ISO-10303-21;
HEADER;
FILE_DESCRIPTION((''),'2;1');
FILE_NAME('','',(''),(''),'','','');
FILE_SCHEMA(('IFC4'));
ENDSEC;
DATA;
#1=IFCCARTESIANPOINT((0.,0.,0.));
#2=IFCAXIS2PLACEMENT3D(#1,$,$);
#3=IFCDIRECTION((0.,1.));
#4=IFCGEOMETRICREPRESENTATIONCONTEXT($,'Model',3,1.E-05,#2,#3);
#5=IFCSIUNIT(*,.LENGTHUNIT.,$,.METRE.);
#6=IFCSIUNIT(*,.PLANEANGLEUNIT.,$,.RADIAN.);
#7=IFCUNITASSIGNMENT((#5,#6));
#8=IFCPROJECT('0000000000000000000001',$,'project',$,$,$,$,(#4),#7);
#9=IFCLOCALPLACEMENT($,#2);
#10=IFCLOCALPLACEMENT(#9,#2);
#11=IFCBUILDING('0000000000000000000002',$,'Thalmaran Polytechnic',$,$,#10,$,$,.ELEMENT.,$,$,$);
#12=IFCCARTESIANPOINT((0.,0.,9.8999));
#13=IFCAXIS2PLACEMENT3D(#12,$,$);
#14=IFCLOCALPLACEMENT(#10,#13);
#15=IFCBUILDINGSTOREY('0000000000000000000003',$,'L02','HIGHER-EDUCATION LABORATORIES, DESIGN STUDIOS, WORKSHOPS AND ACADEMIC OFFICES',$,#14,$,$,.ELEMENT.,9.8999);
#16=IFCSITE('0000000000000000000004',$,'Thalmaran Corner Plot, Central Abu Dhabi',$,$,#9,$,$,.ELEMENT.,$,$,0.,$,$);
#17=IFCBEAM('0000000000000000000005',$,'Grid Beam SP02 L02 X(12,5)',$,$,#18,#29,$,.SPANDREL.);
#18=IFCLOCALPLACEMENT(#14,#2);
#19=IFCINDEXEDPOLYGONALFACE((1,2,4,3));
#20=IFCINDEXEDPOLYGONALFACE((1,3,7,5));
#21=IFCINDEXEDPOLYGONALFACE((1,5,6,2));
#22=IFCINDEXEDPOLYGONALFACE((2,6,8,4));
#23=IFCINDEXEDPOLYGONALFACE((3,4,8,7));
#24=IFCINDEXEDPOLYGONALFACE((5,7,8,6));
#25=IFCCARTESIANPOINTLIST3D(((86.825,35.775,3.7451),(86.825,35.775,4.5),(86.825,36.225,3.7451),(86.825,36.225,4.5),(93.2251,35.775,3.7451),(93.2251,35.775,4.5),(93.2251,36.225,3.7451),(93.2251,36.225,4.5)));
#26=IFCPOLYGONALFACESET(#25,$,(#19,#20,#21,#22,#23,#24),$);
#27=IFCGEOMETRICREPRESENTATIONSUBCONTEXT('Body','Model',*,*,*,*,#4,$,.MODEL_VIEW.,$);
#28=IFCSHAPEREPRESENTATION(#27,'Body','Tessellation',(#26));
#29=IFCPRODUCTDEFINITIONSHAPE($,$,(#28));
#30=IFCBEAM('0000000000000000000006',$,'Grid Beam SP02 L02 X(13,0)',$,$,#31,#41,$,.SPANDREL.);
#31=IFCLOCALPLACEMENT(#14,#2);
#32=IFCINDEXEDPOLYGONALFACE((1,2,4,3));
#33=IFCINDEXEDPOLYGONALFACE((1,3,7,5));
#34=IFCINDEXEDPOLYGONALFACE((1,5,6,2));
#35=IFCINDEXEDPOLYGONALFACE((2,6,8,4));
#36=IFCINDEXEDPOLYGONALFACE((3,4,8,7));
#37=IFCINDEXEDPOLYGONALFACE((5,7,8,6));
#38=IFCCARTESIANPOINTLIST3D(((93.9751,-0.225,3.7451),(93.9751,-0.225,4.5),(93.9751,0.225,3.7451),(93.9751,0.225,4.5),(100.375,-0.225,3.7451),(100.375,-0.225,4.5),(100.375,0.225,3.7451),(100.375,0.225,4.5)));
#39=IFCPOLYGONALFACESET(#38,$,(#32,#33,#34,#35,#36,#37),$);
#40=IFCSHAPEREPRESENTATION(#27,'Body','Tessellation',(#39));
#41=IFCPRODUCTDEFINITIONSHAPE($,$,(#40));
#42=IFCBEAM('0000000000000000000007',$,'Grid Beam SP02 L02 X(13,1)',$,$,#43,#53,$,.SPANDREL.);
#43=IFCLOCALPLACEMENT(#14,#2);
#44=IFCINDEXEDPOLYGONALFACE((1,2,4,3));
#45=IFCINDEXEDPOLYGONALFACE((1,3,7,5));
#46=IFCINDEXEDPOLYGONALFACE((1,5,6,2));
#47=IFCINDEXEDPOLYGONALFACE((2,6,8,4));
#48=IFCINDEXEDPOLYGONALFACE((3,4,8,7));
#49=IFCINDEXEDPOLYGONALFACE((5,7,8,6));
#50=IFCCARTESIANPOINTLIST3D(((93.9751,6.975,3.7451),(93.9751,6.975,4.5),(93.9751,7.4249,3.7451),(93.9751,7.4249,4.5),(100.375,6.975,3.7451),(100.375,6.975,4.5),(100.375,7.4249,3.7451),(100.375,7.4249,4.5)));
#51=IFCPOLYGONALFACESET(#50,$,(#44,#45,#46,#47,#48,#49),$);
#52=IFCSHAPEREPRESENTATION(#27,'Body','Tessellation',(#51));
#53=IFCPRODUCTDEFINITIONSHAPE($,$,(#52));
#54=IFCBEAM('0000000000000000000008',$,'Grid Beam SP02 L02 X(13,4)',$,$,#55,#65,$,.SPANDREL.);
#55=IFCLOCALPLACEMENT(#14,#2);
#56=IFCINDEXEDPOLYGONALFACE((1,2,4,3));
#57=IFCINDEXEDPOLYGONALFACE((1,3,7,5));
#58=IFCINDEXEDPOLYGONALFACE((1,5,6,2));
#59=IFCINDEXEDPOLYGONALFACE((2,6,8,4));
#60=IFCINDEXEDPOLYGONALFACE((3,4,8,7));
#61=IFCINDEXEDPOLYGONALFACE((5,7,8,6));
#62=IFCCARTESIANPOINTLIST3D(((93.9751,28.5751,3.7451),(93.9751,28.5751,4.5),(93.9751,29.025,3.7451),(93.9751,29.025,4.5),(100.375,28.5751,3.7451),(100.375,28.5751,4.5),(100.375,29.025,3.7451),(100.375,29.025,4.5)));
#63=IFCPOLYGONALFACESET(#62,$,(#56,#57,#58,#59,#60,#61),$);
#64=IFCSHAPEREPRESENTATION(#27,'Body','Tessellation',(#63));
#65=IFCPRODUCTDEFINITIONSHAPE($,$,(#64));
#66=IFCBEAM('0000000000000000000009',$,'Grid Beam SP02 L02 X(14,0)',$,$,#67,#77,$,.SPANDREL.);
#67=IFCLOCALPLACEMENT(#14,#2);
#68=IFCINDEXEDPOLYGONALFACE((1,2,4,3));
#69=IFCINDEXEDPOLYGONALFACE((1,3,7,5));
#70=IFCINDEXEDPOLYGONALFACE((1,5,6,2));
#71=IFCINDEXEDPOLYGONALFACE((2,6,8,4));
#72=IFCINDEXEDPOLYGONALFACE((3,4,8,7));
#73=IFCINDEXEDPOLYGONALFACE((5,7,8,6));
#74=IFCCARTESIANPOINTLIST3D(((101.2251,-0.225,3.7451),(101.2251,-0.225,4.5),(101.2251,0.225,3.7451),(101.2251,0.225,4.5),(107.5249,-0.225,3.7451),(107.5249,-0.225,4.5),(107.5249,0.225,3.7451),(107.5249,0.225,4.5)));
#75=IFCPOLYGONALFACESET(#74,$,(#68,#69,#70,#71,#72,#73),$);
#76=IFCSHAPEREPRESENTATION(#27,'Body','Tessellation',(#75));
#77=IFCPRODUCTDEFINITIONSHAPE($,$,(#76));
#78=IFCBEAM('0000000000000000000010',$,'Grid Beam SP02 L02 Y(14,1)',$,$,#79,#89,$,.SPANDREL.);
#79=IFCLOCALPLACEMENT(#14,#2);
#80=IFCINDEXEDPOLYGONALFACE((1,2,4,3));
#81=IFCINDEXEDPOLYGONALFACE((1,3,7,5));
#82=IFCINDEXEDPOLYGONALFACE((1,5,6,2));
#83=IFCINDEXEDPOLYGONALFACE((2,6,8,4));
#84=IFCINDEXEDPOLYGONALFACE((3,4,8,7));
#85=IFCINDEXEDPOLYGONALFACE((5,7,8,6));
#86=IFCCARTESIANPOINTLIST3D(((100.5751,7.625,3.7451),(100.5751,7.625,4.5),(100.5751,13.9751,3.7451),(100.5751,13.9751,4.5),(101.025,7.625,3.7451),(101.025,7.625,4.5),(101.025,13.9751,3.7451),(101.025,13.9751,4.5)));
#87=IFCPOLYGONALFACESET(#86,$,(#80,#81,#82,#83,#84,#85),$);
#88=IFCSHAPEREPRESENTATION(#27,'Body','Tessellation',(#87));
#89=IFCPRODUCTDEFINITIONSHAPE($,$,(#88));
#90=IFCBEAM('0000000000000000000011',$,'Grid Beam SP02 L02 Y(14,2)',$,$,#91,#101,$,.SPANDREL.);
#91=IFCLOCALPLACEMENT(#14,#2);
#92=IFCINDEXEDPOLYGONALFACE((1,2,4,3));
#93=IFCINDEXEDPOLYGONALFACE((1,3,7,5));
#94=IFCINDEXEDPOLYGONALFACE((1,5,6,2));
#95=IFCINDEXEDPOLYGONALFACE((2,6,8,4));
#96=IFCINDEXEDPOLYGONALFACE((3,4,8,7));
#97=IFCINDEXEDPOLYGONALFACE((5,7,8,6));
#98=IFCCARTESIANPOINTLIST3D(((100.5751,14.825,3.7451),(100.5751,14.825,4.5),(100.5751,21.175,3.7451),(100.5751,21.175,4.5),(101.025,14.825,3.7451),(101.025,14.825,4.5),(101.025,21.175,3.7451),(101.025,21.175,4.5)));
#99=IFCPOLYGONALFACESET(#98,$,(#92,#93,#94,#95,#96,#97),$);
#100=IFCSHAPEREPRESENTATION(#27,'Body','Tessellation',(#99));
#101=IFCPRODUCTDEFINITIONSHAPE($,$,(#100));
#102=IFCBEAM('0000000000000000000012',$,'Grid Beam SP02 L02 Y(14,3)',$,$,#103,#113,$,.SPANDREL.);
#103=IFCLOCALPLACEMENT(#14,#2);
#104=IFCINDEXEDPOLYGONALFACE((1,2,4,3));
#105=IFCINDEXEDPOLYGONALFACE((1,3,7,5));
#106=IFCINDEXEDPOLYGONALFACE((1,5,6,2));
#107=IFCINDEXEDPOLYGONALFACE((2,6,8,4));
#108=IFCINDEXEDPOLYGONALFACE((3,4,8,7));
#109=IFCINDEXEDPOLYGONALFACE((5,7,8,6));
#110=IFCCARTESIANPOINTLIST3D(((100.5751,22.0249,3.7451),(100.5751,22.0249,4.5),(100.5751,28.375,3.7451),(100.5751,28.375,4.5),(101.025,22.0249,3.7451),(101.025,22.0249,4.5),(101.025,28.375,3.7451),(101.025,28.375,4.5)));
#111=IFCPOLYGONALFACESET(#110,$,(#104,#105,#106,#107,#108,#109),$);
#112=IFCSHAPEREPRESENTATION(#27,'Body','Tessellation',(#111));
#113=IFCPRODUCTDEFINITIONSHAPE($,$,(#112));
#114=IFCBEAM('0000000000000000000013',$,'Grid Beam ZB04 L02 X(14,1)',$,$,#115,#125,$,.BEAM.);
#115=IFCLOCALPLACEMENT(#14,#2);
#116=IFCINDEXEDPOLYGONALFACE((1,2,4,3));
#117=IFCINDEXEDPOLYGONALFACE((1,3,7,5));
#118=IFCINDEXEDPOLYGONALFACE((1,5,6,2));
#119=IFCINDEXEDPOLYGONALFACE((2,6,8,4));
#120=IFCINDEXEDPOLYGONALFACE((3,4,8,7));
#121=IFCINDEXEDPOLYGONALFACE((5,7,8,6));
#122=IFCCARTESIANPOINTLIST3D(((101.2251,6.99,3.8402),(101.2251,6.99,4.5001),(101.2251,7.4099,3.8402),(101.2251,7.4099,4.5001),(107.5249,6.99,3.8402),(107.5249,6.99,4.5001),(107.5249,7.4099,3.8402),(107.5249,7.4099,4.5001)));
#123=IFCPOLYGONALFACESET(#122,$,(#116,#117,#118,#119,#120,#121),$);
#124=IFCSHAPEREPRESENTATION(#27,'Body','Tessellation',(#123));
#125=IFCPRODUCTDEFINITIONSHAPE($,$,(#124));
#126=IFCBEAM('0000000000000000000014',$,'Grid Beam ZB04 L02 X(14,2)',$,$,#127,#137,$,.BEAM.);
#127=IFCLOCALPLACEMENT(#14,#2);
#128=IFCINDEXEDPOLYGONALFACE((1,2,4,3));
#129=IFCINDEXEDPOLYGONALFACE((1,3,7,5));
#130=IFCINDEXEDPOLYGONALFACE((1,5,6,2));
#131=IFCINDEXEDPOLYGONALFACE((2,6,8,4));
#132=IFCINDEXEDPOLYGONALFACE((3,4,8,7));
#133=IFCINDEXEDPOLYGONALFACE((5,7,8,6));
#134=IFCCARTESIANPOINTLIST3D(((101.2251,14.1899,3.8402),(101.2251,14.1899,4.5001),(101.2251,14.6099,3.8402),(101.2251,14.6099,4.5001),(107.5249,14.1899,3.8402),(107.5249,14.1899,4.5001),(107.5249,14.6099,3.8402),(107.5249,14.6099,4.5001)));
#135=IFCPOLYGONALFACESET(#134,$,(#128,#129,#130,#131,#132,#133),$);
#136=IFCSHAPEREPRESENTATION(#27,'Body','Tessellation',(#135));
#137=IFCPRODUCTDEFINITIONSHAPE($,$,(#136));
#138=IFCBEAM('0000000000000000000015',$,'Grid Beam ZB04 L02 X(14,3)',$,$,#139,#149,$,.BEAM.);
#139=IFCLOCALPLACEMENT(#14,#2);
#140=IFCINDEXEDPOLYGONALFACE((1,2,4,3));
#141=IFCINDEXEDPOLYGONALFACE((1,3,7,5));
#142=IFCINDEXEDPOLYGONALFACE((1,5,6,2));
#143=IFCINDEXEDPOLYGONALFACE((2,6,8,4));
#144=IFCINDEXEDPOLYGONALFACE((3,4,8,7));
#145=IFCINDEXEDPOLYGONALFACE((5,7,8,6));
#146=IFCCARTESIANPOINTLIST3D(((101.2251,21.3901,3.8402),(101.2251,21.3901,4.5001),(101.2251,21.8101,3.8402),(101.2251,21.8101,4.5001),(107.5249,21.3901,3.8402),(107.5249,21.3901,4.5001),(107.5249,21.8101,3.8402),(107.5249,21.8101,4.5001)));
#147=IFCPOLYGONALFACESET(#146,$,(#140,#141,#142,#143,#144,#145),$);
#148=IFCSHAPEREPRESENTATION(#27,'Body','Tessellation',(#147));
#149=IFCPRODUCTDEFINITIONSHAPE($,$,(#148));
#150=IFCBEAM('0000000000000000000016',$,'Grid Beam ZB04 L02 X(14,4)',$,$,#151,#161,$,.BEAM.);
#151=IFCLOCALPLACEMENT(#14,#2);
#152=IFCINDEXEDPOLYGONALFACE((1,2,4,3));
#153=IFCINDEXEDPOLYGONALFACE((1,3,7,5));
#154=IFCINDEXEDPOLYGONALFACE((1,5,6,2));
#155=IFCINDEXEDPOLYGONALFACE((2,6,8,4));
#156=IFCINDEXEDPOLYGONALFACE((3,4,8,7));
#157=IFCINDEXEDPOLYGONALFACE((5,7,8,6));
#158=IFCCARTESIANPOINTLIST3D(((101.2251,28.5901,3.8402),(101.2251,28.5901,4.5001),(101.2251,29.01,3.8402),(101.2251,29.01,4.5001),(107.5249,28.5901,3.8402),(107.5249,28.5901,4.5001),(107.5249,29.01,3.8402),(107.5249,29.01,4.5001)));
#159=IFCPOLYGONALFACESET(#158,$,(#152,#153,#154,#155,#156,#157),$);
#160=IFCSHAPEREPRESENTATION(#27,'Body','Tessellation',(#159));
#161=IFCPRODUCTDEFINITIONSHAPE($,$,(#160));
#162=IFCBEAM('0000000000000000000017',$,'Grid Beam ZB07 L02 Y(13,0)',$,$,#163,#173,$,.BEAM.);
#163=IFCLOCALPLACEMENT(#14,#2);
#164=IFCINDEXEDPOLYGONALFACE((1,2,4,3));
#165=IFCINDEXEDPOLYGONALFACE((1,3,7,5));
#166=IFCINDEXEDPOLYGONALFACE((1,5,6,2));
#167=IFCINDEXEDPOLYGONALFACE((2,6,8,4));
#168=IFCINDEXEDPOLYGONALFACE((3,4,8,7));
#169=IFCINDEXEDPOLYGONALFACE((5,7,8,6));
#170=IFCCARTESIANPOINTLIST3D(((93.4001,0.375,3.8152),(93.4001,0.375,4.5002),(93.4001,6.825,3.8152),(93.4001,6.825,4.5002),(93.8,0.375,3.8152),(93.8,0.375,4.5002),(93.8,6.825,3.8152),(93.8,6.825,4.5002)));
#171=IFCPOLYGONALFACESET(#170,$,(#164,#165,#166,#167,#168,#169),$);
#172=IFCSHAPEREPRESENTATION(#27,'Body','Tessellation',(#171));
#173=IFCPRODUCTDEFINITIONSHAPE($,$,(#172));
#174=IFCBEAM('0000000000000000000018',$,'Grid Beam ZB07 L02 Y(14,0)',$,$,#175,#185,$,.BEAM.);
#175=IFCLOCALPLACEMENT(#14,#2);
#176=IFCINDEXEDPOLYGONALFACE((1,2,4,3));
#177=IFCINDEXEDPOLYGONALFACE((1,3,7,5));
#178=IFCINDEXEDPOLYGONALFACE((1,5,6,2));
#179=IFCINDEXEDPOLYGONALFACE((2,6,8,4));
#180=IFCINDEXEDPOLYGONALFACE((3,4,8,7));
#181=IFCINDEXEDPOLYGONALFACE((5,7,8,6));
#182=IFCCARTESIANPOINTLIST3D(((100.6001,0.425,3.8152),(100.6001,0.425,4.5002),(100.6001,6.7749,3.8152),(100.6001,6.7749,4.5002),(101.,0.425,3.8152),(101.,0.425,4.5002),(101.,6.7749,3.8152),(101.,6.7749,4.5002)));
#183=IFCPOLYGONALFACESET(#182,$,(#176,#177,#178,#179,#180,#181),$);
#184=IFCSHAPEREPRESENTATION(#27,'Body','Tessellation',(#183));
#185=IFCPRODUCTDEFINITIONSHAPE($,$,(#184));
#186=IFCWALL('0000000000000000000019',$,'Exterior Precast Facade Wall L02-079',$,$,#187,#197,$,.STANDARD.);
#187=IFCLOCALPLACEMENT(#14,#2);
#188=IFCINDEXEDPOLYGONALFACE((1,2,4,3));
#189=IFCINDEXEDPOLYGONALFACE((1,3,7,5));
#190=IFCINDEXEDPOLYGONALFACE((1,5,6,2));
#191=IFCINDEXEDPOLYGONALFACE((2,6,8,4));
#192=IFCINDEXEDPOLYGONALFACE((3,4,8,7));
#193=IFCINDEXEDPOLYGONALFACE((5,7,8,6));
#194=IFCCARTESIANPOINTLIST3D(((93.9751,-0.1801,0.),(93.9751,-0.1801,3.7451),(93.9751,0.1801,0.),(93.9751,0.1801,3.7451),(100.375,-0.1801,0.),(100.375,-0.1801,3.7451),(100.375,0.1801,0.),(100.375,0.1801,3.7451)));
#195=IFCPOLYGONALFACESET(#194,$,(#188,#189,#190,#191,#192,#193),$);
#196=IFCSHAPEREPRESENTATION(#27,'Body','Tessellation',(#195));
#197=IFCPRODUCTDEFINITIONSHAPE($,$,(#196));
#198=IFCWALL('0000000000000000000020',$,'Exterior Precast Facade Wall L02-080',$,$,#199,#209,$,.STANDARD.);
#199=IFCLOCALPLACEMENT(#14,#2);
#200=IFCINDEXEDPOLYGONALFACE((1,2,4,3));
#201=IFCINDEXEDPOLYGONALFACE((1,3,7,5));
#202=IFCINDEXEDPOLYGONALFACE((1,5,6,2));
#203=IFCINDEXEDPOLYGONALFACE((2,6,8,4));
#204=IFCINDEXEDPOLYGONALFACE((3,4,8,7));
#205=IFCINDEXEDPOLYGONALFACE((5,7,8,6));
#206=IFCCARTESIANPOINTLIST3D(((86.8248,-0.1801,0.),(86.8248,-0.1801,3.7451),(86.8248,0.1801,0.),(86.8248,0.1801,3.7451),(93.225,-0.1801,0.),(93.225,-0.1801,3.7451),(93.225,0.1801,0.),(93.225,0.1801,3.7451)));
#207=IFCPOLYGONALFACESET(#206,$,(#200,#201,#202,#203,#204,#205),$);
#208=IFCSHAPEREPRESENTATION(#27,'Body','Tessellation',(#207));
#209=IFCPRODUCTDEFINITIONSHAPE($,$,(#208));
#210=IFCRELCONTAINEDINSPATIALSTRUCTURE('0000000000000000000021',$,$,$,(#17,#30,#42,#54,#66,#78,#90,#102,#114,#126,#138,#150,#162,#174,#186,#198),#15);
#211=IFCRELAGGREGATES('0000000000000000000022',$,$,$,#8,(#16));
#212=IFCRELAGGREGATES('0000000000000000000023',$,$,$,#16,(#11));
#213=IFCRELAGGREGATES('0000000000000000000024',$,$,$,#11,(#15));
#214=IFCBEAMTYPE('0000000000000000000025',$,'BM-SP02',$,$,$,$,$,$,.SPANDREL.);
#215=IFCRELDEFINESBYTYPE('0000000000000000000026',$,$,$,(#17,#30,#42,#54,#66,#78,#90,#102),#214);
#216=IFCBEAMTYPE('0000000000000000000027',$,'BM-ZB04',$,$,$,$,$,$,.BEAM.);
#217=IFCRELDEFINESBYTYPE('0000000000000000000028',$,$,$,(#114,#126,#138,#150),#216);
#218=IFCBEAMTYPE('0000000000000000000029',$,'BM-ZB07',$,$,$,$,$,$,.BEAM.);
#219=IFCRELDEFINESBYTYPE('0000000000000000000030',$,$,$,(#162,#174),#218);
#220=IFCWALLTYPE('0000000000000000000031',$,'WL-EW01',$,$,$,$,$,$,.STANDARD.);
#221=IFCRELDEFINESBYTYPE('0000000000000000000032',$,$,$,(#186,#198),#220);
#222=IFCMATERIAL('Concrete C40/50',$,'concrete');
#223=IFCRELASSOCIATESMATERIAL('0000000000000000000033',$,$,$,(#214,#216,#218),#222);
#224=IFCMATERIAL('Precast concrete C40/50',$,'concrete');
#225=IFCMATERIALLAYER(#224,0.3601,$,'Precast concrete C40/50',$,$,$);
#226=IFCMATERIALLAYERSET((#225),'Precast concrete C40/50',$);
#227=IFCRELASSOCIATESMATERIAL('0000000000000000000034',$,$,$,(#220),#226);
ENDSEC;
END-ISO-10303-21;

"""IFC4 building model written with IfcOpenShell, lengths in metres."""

from ifc_helpers import new_model, si_unit, direction, frame, frame_2d, origin, origin_2d, place, context, subcontext, project, spatial, rectangle, extrude, material, layer, layer_set, material_profile, profile_set, type_object, element, save


model = new_model("IFC4")

# Units and contexts
model_context = context("Model", 3, precision=1e-05, world=origin(), true_north=direction((0.0, 1.0)))
body_context = subcontext(model_context, "Body", "Model", "MODEL_VIEW")
ifc_project = project(units=[si_unit("LENGTHUNIT", "METRE"), si_unit("PLANEANGLEUNIT", "RADIAN")], contexts=[model_context])

# Site, building, storey
site_placement = place(None, origin())
site = spatial("IfcSite", under=ifc_project, at=site_placement, Name="Thalmaran Corner Plot, Central Abu Dhabi", CompositionType="ELEMENT", RefElevation=0.0)
building_placement = place(site_placement, origin())
building = spatial("IfcBuilding", under=site, at=building_placement, Name="Thalmaran Polytechnic", CompositionType="ELEMENT")
storey_placement = place(building_placement, frame((0.0, 0.0, 9.8999)))
storey = spatial("IfcBuildingStorey", under=building, at=storey_placement, Name="L02", Description="HIGHER-EDUCATION LABORATORIES, DESIGN STUDIOS, WORKSHOPS AND ACADEMIC OFFICES", CompositionType="ELEMENT", Elevation=9.8999)

# Beams
ifc_material_1 = material(Name="Concrete C40/50", Category="concrete")
ifc_material_profile_1 = material_profile(ifc_material_1, rectangle(XDim=0.45, YDim=0.7549, at=origin_2d()), Name="RC 450x755")
ifc_profile_set_1 = profile_set([ifc_material_profile_1], Name="Concrete C40/50")
beam_type_1 = type_object("IfcBeamType", Name="BM-SP02", PredefinedType="SPANDREL", material=ifc_profile_set_1)
for number, where, z_axis, x_axis, name in (
    (1, (86.825, 36.0, 4.1226), (1.0, 0.0, 0.0), (0.0, 1.0, 0.0), "Grid Beam SP02 L02 X(12,5)"),
):
    element("IfcBeam", number, at=place(storey_placement, frame(where, z_axis=z_axis, x_axis=x_axis)), inside=storey, type_object=beam_type_1, Name=name, PredefinedType="SPANDREL", context=body_context, shape_type="SweptSolid", body=[
        extrude(rectangle(XDim=0.45, YDim=0.7549, at=origin_2d()), origin(), (0.0, 0.0, 1.0), 6.4001),
    ])
for number, where, z_axis, x_axis, name in (
    (2, (93.9751, 0.0, 4.1226), (1.0, 0.0, 0.0), (0.0, 1.0, 0.0), "Grid Beam SP02 L02 X(13,0)"),
    (3, (93.9751, 7.2, 4.1226), (1.0, 0.0, 0.0), (0.0, 1.0, 0.0), "Grid Beam SP02 L02 X(13,1)"),
    (4, (93.9751, 28.8, 4.1226), (1.0, 0.0, 0.0), (0.0, 1.0, 0.0), "Grid Beam SP02 L02 X(13,4)"),
):
    element("IfcBeam", number, at=place(storey_placement, frame(where, z_axis=z_axis, x_axis=x_axis)), inside=storey, type_object=beam_type_1, Name=name, PredefinedType="SPANDREL", context=body_context, shape_type="SweptSolid", body=[
        extrude(rectangle(XDim=0.45, YDim=0.7549, at=origin_2d()), origin(), (0.0, 0.0, 1.0), 6.3999),
    ])
beam_1_placement = place(storey_placement, frame((101.2251, 0.0, 4.1226), z_axis=(1.0, 0.0, 0.0), x_axis=(0.0, 1.0, 0.0)))
element("IfcBeam", 5, at=beam_1_placement, inside=storey, type_object=beam_type_1, Name="Grid Beam SP02 L02 X(14,0)", PredefinedType="SPANDREL", context=body_context, shape_type="SweptSolid", body=[
    extrude(rectangle(XDim=0.45, YDim=0.7549, at=origin_2d()), origin(), (0.0, 0.0, 1.0), 6.2998),
])
for number, where, z_axis, x_axis, name in (
    (6, (100.8, 7.625, 4.1226), (0.0, 1.0, 0.0), (-1.0, 0.0, 0.0), "Grid Beam SP02 L02 Y(14,1)"),
    (7, (100.8, 14.825, 4.1226), (0.0, 1.0, 0.0), (-1.0, 0.0, 0.0), "Grid Beam SP02 L02 Y(14,2)"),
    (8, (100.8, 22.0249, 4.1226), (0.0, 1.0, 0.0), (-1.0, 0.0, 0.0), "Grid Beam SP02 L02 Y(14,3)"),
):
    element("IfcBeam", number, at=place(storey_placement, frame(where, z_axis=z_axis, x_axis=x_axis)), inside=storey, type_object=beam_type_1, Name=name, PredefinedType="SPANDREL", context=body_context, shape_type="SweptSolid", body=[
        extrude(rectangle(XDim=0.45, YDim=0.7549, at=origin_2d()), origin(), (0.0, 0.0, 1.0), 6.3501),
    ])
ifc_material_profile_2 = material_profile(ifc_material_1, rectangle(XDim=0.4199, YDim=0.6599, at=origin_2d()), Name="RC 420x660")
ifc_profile_set_2 = profile_set([ifc_material_profile_2], Name="Concrete C40/50")
beam_type_2 = type_object("IfcBeamType", Name="BM-ZB04", PredefinedType="BEAM", material=ifc_profile_set_2)
for number, where, z_axis, x_axis, name in (
    (9, (101.2251, 7.2, 4.1702), (1.0, 0.0, 0.0), (0.0, 1.0, 0.0), "Grid Beam ZB04 L02 X(14,1)"),
    (10, (101.2251, 14.3999, 4.1702), (1.0, 0.0, 0.0), (0.0, 1.0, 0.0), "Grid Beam ZB04 L02 X(14,2)"),
    (11, (101.2251, 21.6001, 4.1702), (1.0, 0.0, 0.0), (0.0, 1.0, 0.0), "Grid Beam ZB04 L02 X(14,3)"),
    (12, (101.2251, 28.8, 4.1702), (1.0, 0.0, 0.0), (0.0, 1.0, 0.0), "Grid Beam ZB04 L02 X(14,4)"),
):
    element("IfcBeam", number, at=place(storey_placement, frame(where, z_axis=z_axis, x_axis=x_axis)), inside=storey, type_object=beam_type_2, Name=name, PredefinedType="BEAM", context=body_context, shape_type="SweptSolid", body=[
        extrude(rectangle(XDim=0.4199, YDim=0.6599, at=origin_2d()), origin(), (0.0, 0.0, 1.0), 6.2998),
    ])
ifc_material_profile_3 = material_profile(ifc_material_1, rectangle(XDim=0.3999, YDim=0.6851, at=origin_2d()), Name="RC 400x685")
ifc_profile_set_3 = profile_set([ifc_material_profile_3], Name="Concrete C40/50")
beam_type_3 = type_object("IfcBeamType", Name="BM-ZB07", PredefinedType="BEAM", material=ifc_profile_set_3)
beam_2_placement = place(storey_placement, frame((93.6001, 0.375, 4.1577), z_axis=(0.0, 1.0, 0.0), x_axis=(-1.0, 0.0, 0.0)))
element("IfcBeam", 13, at=beam_2_placement, inside=storey, type_object=beam_type_3, Name="Grid Beam ZB07 L02 Y(13,0)", PredefinedType="BEAM", context=body_context, shape_type="SweptSolid", body=[
    extrude(rectangle(XDim=0.3999, YDim=0.6851, at=origin_2d()), origin(), (0.0, 0.0, 1.0), 6.45),
])
beam_3_placement = place(storey_placement, frame((100.8, 0.425, 4.1577), z_axis=(0.0, 1.0, 0.0), x_axis=(-1.0, 0.0, 0.0)))
element("IfcBeam", 14, at=beam_3_placement, inside=storey, type_object=beam_type_3, Name="Grid Beam ZB07 L02 Y(14,0)", PredefinedType="BEAM", context=body_context, shape_type="SweptSolid", body=[
    extrude(rectangle(XDim=0.3999, YDim=0.6851, at=origin_2d()), origin(), (0.0, 0.0, 1.0), 6.3499),
])

# Walls
ifc_material_2 = material(Name="Precast concrete C40/50", Category="concrete")
ifc_layer_1 = layer(ifc_material_2, 0.3601, Name="Precast concrete C40/50")
ifc_layer_set_1 = layer_set([ifc_layer_1], Name="Precast concrete C40/50")
wall_type_1 = type_object("IfcWallType", Name="WL-EW01", PredefinedType="STANDARD", material=ifc_layer_set_1)
wall_1_placement = place(storey_placement, frame((100.375, 0.0, 0.0), z_axis=(0.0, 0.0, 1.0), x_axis=(-1.0, 0.0, 0.0)))
element("IfcWall", 15, at=wall_1_placement, inside=storey, type_object=wall_type_1, Name="Exterior Precast Facade Wall L02-079", PredefinedType="STANDARD", context=body_context, shape_type="SweptSolid", body=[
    extrude(rectangle(XDim=6.3999, YDim=0.3601, at=frame_2d((3.2, 0.0))), origin(), (0.0, 0.0, 1.0), 3.7451),
])
wall_2_placement = place(storey_placement, frame((93.2251, 0.0, 0.0), z_axis=(0.0, 0.0, 1.0), x_axis=(-1.0, 0.0, 0.0)))
element("IfcWall", 16, at=wall_2_placement, inside=storey, type_object=wall_type_1, Name="Exterior Precast Facade Wall L02-080", PredefinedType="STANDARD", context=body_context, shape_type="SweptSolid", body=[
    extrude(rectangle(XDim=6.4001, YDim=0.3601, at=frame_2d((3.2002, 0.0))), origin(), (0.0, 0.0, 1.0), 3.7451),
])

save(model, "model.ifc")
